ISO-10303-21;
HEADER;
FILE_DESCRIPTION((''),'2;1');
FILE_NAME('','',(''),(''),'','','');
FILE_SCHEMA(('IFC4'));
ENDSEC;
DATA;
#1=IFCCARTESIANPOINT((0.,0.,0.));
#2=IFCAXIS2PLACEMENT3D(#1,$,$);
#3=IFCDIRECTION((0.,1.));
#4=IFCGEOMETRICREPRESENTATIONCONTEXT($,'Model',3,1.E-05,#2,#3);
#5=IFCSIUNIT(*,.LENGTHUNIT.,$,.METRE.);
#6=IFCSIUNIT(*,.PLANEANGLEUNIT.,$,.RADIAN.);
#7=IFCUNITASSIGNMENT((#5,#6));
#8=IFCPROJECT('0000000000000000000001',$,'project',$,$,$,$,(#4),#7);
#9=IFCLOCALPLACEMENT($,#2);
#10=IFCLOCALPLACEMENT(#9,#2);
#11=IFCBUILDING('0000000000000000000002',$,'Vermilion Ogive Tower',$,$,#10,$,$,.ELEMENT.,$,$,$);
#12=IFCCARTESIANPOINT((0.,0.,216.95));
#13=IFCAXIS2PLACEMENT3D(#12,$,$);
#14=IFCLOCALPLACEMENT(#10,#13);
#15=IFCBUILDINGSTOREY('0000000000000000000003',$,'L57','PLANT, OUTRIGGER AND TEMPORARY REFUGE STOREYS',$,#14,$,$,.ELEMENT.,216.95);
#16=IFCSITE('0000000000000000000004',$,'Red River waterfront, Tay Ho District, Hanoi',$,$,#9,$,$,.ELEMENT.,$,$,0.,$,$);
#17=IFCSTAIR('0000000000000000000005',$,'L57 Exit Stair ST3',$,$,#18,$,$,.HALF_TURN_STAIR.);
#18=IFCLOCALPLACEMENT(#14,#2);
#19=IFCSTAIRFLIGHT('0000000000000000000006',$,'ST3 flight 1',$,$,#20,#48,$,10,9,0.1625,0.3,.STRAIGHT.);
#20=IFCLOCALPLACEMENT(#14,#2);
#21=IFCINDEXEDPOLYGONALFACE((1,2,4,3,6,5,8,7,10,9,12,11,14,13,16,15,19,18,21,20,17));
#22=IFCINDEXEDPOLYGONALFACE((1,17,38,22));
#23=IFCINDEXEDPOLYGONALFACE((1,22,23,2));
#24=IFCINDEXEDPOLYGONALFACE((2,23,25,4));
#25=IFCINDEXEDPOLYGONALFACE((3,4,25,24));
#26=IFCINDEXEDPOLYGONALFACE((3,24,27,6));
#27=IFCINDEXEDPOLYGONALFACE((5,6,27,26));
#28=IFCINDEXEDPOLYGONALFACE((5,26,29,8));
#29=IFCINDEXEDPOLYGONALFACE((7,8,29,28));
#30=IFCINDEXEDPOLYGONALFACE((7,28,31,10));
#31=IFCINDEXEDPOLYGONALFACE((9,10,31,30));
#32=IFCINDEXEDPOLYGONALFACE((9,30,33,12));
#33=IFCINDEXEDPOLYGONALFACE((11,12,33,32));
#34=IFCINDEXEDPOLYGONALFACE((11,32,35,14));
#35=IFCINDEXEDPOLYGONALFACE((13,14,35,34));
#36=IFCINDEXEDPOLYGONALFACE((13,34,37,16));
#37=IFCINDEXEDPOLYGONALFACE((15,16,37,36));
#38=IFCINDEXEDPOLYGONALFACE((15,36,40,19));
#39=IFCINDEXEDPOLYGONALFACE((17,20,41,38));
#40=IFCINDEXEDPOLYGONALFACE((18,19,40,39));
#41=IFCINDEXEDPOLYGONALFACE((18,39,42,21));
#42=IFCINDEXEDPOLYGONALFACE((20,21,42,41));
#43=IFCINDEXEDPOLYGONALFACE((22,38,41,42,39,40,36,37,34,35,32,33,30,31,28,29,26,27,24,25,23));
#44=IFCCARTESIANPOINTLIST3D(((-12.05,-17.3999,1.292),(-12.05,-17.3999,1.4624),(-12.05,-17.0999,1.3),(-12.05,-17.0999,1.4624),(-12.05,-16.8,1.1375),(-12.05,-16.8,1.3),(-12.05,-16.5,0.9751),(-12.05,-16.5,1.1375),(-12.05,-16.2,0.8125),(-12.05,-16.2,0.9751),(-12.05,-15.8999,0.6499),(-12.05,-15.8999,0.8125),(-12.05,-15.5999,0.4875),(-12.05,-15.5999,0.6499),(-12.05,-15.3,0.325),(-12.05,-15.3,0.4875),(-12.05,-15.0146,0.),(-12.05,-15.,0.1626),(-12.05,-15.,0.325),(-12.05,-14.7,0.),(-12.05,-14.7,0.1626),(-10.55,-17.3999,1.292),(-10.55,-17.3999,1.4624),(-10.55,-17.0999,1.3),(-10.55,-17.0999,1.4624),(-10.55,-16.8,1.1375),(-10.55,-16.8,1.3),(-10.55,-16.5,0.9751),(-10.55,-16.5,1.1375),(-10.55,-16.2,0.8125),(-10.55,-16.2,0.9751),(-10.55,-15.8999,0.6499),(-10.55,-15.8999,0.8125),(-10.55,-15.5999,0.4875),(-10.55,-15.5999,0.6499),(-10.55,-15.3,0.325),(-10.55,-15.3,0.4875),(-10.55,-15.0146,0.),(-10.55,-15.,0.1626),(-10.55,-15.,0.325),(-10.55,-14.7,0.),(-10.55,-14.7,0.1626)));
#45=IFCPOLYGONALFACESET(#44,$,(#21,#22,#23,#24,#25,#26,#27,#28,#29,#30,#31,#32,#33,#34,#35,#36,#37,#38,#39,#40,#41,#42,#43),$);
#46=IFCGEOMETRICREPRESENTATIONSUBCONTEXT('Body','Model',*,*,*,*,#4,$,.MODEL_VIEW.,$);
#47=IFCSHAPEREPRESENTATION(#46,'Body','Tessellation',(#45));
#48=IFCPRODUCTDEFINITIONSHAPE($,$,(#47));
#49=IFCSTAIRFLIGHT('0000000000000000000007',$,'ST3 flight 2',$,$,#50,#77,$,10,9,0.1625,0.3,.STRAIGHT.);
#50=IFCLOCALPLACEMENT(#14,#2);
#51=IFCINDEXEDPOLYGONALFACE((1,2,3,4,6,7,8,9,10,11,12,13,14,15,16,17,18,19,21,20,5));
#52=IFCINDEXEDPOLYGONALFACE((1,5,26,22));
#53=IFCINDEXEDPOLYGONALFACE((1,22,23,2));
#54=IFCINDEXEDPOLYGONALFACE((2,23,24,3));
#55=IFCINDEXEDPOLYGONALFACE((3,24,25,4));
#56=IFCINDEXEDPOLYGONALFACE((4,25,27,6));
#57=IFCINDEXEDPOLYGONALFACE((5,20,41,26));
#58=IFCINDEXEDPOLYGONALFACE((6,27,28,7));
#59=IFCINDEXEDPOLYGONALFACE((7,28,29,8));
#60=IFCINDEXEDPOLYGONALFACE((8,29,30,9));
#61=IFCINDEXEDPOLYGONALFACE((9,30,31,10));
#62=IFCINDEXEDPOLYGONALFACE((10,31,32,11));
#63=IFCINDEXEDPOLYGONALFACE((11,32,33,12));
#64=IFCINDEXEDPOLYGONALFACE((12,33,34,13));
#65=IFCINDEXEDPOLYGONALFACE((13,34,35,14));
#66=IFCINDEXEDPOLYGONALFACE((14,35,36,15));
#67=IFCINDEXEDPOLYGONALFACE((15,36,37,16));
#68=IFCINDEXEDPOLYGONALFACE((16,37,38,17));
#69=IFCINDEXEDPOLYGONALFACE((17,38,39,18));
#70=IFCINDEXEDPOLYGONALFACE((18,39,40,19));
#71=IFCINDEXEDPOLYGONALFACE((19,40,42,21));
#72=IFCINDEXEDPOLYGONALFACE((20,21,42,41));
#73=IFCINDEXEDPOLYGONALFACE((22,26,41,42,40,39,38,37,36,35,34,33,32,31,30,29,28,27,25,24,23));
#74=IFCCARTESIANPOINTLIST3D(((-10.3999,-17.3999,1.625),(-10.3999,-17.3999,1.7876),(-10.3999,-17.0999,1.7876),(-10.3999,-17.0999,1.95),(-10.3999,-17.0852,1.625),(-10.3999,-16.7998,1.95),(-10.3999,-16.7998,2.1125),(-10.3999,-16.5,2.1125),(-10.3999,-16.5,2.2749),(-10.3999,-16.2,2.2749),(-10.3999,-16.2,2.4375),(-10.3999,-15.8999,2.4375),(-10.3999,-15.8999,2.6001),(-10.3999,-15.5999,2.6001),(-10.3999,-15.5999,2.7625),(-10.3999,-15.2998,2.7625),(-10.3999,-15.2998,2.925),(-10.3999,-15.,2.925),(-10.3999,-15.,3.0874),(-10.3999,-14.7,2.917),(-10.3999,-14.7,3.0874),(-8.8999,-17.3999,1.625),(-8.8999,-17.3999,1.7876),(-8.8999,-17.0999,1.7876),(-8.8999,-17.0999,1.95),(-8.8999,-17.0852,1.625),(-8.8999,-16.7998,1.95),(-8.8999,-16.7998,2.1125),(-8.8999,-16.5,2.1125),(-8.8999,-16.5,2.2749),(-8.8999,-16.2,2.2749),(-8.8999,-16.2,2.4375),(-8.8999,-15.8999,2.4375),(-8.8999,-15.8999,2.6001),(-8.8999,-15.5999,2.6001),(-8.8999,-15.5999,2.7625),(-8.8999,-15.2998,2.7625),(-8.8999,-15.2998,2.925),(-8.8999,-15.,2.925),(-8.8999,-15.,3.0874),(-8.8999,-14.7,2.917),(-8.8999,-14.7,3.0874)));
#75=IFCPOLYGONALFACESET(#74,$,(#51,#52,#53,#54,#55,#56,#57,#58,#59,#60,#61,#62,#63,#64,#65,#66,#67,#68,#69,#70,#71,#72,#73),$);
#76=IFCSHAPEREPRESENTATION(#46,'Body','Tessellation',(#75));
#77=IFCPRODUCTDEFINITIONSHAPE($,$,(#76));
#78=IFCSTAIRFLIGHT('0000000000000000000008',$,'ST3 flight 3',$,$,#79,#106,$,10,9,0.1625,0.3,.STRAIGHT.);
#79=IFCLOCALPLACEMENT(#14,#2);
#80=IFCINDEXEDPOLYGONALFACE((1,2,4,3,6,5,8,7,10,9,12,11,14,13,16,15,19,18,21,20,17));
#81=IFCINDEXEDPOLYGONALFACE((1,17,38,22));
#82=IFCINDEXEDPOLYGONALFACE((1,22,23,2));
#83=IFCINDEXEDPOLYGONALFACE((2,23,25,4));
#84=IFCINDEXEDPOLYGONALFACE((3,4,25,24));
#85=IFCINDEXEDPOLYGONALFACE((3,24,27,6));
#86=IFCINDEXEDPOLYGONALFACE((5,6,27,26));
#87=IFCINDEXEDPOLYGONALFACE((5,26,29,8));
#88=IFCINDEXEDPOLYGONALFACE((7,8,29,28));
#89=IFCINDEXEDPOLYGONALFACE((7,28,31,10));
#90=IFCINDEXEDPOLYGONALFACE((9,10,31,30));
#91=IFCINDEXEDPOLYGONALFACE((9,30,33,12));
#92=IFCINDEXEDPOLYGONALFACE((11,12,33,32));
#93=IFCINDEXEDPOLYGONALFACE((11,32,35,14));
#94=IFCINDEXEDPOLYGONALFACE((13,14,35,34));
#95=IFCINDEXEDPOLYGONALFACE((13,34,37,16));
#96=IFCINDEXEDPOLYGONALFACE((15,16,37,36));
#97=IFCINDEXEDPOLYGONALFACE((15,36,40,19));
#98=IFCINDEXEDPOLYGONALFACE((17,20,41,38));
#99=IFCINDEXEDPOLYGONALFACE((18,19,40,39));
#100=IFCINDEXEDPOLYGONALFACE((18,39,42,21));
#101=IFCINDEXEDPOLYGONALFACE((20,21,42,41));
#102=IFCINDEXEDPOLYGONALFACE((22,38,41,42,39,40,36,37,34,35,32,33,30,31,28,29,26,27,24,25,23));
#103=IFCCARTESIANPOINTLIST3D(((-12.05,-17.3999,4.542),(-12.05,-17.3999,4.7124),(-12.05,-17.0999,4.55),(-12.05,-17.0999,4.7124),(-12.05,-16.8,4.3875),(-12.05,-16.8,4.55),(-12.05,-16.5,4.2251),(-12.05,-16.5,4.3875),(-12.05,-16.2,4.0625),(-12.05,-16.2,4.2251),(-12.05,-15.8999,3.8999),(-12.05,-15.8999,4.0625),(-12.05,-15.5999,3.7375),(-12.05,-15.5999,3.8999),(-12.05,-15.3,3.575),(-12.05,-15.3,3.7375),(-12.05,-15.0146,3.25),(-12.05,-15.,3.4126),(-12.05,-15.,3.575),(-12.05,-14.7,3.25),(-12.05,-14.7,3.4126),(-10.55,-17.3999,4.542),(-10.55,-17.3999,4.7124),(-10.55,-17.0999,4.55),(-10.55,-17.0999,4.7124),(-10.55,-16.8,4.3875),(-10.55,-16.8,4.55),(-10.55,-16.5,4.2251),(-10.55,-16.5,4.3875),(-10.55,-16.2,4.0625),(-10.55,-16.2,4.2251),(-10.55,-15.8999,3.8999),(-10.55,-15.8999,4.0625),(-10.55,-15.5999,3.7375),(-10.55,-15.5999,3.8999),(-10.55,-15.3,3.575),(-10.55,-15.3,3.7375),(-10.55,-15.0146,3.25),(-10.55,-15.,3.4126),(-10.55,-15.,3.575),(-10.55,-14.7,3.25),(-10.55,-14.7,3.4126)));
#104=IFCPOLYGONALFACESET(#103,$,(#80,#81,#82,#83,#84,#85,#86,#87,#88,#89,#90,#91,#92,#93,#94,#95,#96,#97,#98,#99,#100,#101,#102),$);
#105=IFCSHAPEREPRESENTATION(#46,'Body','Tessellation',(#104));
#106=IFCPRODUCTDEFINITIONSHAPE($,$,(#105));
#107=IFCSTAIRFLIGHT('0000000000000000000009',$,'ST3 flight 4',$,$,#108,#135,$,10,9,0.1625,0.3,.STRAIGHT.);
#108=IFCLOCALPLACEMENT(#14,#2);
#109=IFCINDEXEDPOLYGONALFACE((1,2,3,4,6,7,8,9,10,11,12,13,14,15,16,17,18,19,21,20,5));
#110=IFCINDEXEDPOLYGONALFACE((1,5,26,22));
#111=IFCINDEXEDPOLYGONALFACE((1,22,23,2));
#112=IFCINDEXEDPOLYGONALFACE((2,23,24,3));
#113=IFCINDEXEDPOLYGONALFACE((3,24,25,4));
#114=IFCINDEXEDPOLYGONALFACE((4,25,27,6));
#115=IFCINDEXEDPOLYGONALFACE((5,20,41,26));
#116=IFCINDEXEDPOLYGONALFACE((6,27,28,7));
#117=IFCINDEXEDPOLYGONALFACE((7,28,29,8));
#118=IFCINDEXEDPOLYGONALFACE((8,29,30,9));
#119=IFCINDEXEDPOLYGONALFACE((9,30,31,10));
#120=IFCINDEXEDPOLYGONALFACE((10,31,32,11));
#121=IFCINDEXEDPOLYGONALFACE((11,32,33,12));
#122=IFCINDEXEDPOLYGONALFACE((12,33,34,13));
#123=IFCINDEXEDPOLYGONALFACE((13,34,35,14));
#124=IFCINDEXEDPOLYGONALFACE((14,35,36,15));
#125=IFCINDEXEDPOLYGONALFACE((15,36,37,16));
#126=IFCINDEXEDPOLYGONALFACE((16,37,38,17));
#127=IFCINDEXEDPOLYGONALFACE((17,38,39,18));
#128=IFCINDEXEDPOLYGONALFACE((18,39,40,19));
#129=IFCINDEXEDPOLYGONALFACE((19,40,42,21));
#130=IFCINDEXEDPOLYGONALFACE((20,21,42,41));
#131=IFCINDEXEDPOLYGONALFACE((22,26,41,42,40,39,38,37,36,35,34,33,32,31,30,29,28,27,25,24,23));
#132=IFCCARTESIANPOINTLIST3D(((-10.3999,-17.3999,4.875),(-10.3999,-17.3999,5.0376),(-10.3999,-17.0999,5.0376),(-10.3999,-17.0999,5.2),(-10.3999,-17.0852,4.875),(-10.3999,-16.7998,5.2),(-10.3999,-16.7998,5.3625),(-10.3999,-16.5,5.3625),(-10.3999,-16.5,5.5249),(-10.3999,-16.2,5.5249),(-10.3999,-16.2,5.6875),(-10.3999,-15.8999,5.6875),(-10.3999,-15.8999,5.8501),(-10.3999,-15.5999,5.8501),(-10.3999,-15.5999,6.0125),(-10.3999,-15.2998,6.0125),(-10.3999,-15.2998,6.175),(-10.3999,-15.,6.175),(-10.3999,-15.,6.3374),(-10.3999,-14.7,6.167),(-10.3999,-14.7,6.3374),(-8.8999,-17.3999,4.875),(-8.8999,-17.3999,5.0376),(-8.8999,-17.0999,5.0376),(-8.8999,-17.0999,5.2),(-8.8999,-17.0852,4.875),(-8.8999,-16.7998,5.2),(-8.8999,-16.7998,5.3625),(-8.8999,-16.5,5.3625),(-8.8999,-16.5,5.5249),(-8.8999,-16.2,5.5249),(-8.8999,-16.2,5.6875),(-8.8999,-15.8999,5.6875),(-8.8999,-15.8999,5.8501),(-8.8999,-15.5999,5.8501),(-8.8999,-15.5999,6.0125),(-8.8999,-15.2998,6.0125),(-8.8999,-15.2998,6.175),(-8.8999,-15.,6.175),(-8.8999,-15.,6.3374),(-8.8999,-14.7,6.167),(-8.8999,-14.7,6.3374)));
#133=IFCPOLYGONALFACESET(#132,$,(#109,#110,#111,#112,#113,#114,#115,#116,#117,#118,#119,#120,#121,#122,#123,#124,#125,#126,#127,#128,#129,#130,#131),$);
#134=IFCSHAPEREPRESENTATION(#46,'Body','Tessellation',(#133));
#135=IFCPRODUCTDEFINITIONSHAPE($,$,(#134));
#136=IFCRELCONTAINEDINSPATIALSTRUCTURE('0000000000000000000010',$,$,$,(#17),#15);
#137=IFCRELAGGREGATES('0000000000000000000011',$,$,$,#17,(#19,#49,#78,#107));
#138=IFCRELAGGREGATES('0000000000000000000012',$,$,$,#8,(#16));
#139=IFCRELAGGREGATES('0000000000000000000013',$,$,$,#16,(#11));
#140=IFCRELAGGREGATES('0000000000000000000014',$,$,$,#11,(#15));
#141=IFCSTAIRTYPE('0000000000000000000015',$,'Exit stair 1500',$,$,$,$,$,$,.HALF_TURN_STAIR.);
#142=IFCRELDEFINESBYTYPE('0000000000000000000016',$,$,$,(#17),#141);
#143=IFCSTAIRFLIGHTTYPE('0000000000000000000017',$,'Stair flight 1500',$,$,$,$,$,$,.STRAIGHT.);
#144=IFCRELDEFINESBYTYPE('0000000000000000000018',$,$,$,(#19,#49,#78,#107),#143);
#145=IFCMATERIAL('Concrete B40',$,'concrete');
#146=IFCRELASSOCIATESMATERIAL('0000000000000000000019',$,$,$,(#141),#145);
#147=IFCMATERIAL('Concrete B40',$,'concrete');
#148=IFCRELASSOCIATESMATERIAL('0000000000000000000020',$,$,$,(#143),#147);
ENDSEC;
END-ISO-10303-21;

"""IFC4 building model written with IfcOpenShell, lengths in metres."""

from ifc_helpers import new_model, si_unit, direction, frame, origin, place, context, subcontext, project, spatial, polyline, outline, extrude, material, type_object, element, aggregate, save


model = new_model("IFC4")

# Units and contexts
model_context = context("Model", 3, precision=1e-05, world=origin(), true_north=direction((0.0, 1.0)))
body_context = subcontext(model_context, "Body", "Model", "MODEL_VIEW")
ifc_project = project(units=[si_unit("LENGTHUNIT", "METRE"), si_unit("PLANEANGLEUNIT", "RADIAN")], contexts=[model_context])

# Site, building, storey
site_placement = place(None, origin())
site = spatial("IfcSite", under=ifc_project, at=site_placement, Name="Red River waterfront, Tay Ho District, Hanoi", CompositionType="ELEMENT", RefElevation=0.0)
building_placement = place(site_placement, origin())
building = spatial("IfcBuilding", under=site, at=building_placement, Name="Vermilion Ogive Tower", CompositionType="ELEMENT")
storey_placement = place(building_placement, frame((0.0, 0.0, 216.95)))
storey = spatial("IfcBuildingStorey", under=building, at=storey_placement, Name="L57", Description="PLANT, OUTRIGGER AND TEMPORARY REFUGE STOREYS", CompositionType="ELEMENT", Elevation=216.95)

# Stair, stair flights
ifc_material_1 = material(Name="Concrete B40", Category="concrete")
stair_type = type_object("IfcStairType", Name="Exit stair 1500", PredefinedType="HALF_TURN_STAIR", material=ifc_material_1)
stair_placement = place(storey_placement, origin())
stair = element("IfcStair", 1, at=stair_placement, inside=storey, type_object=stair_type, Name="L57 Exit Stair ST3", PredefinedType="HALF_TURN_STAIR")
ifc_material_2 = material(Name="Concrete B40", Category="concrete")
stair_flight_type = type_object("IfcStairFlightType", Name="Stair flight 1500", PredefinedType="STRAIGHT", material=ifc_material_2)
stair_flight_1_placement = place(storey_placement, frame((-11.3, -14.7, 0.0), z_axis=(0.0, 0.0, 1.0), x_axis=(0.0, -1.0, 0.0)))
stair_flight_1 = element("IfcStairFlight", 2, at=stair_flight_1_placement, type_object=stair_flight_type, Name="ST3 flight 1", NumberOfRisers=10, NumberOfTreads=9, PredefinedType="STRAIGHT", RiserHeight=0.1625, TreadLength=0.3, context=body_context, shape_type="SweptSolid", body=[
    extrude(outline(polyline([(0.0, 0.0), (0.0, 0.1626), (0.3, 0.1626), (0.3, 0.325), (0.6001, 0.325), (0.6001, 0.4875), (0.8999, 0.4875), (0.8999, 0.6499), (1.2, 0.6499), (1.2, 0.8125), (1.5, 0.8125), (1.5, 0.9751), (1.8, 0.9751), (1.8, 1.1375), (2.1001, 1.1375), (2.1001, 1.3), (2.3999, 1.3), (2.3999, 1.4624), (2.7, 1.4624), (2.7, 1.625), (2.7, 1.292), (0.3147, 0.0), (0.0, 0.0)])), frame((0.0, 0.75, 0.0), z_axis=(0.0, -1.0, 0.0), x_axis=(1.0, 0.0, 0.0)), (0.0, 0.0, 1.0), 1.5),
])
stair_flight_2_placement = place(storey_placement, frame((-9.6499, -17.3999, 1.625), z_axis=(0.0, 0.0, 1.0), x_axis=(0.0, 1.0, 0.0)))
stair_flight_2 = element("IfcStairFlight", 3, at=stair_flight_2_placement, type_object=stair_flight_type, Name="ST3 flight 2", NumberOfRisers=10, NumberOfTreads=9, PredefinedType="STRAIGHT", RiserHeight=0.1625, TreadLength=0.3, context=body_context, shape_type="SweptSolid", body=[
    extrude(outline(polyline([(0.0, 0.0), (0.0, 0.1626), (0.3, 0.1626), (0.3, 0.325), (0.6001, 0.325), (0.6001, 0.4875), (0.8999, 0.4875), (0.8999, 0.6499), (1.2, 0.6499), (1.2, 0.8125), (1.5, 0.8125), (1.5, 0.9751), (1.8, 0.9751), (1.8, 1.1375), (2.1001, 1.1375), (2.1001, 1.3), (2.3999, 1.3), (2.3999, 1.4624), (2.7, 1.4624), (2.7, 1.625), (2.7, 1.292), (0.3147, 0.0), (0.0, 0.0)])), frame((0.0, 0.75, 0.0), z_axis=(0.0, -1.0, 0.0), x_axis=(1.0, 0.0, 0.0)), (0.0, 0.0, 1.0), 1.5),
])
stair_flight_3_placement = place(storey_placement, frame((-11.3, -14.7, 3.25), z_axis=(0.0, 0.0, 1.0), x_axis=(0.0, -1.0, 0.0)))
stair_flight_3 = element("IfcStairFlight", 4, at=stair_flight_3_placement, type_object=stair_flight_type, Name="ST3 flight 3", NumberOfRisers=10, NumberOfTreads=9, PredefinedType="STRAIGHT", RiserHeight=0.1625, TreadLength=0.3, context=body_context, shape_type="SweptSolid", body=[
    extrude(outline(polyline([(0.0, 0.0), (0.0, 0.1626), (0.3, 0.1626), (0.3, 0.325), (0.6001, 0.325), (0.6001, 0.4875), (0.8999, 0.4875), (0.8999, 0.6499), (1.2, 0.6499), (1.2, 0.8125), (1.5, 0.8125), (1.5, 0.9751), (1.8, 0.9751), (1.8, 1.1375), (2.1001, 1.1375), (2.1001, 1.3), (2.3999, 1.3), (2.3999, 1.4624), (2.7, 1.4624), (2.7, 1.625), (2.7, 1.292), (0.3147, 0.0), (0.0, 0.0)])), frame((0.0, 0.75, 0.0), z_axis=(0.0, -1.0, 0.0), x_axis=(1.0, 0.0, 0.0)), (0.0, 0.0, 1.0), 1.5),
])
stair_flight_4_placement = place(storey_placement, frame((-9.6499, -17.3999, 4.875), z_axis=(0.0, 0.0, 1.0), x_axis=(0.0, 1.0, 0.0)))
stair_flight_4 = element("IfcStairFlight", 5, at=stair_flight_4_placement, type_object=stair_flight_type, Name="ST3 flight 4", NumberOfRisers=10, NumberOfTreads=9, PredefinedType="STRAIGHT", RiserHeight=0.1625, TreadLength=0.3, context=body_context, shape_type="SweptSolid", body=[
    extrude(outline(polyline([(0.0, 0.0), (0.0, 0.1626), (0.3, 0.1626), (0.3, 0.325), (0.6001, 0.325), (0.6001, 0.4875), (0.8999, 0.4875), (0.8999, 0.6499), (1.2, 0.6499), (1.2, 0.8125), (1.5, 0.8125), (1.5, 0.9751), (1.8, 0.9751), (1.8, 1.1375), (2.1001, 1.1375), (2.1001, 1.3), (2.3999, 1.3), (2.3999, 1.4624), (2.7, 1.4624), (2.7, 1.625), (2.7, 1.292), (0.3147, 0.0), (0.0, 0.0)])), frame((0.0, 0.75, 0.0), z_axis=(0.0, -1.0, 0.0), x_axis=(1.0, 0.0, 0.0)), (0.0, 0.0, 1.0), 1.5),
])
aggregate(stair, [stair_flight_1, stair_flight_2, stair_flight_3, stair_flight_4])

save(model, "model.ifc")
